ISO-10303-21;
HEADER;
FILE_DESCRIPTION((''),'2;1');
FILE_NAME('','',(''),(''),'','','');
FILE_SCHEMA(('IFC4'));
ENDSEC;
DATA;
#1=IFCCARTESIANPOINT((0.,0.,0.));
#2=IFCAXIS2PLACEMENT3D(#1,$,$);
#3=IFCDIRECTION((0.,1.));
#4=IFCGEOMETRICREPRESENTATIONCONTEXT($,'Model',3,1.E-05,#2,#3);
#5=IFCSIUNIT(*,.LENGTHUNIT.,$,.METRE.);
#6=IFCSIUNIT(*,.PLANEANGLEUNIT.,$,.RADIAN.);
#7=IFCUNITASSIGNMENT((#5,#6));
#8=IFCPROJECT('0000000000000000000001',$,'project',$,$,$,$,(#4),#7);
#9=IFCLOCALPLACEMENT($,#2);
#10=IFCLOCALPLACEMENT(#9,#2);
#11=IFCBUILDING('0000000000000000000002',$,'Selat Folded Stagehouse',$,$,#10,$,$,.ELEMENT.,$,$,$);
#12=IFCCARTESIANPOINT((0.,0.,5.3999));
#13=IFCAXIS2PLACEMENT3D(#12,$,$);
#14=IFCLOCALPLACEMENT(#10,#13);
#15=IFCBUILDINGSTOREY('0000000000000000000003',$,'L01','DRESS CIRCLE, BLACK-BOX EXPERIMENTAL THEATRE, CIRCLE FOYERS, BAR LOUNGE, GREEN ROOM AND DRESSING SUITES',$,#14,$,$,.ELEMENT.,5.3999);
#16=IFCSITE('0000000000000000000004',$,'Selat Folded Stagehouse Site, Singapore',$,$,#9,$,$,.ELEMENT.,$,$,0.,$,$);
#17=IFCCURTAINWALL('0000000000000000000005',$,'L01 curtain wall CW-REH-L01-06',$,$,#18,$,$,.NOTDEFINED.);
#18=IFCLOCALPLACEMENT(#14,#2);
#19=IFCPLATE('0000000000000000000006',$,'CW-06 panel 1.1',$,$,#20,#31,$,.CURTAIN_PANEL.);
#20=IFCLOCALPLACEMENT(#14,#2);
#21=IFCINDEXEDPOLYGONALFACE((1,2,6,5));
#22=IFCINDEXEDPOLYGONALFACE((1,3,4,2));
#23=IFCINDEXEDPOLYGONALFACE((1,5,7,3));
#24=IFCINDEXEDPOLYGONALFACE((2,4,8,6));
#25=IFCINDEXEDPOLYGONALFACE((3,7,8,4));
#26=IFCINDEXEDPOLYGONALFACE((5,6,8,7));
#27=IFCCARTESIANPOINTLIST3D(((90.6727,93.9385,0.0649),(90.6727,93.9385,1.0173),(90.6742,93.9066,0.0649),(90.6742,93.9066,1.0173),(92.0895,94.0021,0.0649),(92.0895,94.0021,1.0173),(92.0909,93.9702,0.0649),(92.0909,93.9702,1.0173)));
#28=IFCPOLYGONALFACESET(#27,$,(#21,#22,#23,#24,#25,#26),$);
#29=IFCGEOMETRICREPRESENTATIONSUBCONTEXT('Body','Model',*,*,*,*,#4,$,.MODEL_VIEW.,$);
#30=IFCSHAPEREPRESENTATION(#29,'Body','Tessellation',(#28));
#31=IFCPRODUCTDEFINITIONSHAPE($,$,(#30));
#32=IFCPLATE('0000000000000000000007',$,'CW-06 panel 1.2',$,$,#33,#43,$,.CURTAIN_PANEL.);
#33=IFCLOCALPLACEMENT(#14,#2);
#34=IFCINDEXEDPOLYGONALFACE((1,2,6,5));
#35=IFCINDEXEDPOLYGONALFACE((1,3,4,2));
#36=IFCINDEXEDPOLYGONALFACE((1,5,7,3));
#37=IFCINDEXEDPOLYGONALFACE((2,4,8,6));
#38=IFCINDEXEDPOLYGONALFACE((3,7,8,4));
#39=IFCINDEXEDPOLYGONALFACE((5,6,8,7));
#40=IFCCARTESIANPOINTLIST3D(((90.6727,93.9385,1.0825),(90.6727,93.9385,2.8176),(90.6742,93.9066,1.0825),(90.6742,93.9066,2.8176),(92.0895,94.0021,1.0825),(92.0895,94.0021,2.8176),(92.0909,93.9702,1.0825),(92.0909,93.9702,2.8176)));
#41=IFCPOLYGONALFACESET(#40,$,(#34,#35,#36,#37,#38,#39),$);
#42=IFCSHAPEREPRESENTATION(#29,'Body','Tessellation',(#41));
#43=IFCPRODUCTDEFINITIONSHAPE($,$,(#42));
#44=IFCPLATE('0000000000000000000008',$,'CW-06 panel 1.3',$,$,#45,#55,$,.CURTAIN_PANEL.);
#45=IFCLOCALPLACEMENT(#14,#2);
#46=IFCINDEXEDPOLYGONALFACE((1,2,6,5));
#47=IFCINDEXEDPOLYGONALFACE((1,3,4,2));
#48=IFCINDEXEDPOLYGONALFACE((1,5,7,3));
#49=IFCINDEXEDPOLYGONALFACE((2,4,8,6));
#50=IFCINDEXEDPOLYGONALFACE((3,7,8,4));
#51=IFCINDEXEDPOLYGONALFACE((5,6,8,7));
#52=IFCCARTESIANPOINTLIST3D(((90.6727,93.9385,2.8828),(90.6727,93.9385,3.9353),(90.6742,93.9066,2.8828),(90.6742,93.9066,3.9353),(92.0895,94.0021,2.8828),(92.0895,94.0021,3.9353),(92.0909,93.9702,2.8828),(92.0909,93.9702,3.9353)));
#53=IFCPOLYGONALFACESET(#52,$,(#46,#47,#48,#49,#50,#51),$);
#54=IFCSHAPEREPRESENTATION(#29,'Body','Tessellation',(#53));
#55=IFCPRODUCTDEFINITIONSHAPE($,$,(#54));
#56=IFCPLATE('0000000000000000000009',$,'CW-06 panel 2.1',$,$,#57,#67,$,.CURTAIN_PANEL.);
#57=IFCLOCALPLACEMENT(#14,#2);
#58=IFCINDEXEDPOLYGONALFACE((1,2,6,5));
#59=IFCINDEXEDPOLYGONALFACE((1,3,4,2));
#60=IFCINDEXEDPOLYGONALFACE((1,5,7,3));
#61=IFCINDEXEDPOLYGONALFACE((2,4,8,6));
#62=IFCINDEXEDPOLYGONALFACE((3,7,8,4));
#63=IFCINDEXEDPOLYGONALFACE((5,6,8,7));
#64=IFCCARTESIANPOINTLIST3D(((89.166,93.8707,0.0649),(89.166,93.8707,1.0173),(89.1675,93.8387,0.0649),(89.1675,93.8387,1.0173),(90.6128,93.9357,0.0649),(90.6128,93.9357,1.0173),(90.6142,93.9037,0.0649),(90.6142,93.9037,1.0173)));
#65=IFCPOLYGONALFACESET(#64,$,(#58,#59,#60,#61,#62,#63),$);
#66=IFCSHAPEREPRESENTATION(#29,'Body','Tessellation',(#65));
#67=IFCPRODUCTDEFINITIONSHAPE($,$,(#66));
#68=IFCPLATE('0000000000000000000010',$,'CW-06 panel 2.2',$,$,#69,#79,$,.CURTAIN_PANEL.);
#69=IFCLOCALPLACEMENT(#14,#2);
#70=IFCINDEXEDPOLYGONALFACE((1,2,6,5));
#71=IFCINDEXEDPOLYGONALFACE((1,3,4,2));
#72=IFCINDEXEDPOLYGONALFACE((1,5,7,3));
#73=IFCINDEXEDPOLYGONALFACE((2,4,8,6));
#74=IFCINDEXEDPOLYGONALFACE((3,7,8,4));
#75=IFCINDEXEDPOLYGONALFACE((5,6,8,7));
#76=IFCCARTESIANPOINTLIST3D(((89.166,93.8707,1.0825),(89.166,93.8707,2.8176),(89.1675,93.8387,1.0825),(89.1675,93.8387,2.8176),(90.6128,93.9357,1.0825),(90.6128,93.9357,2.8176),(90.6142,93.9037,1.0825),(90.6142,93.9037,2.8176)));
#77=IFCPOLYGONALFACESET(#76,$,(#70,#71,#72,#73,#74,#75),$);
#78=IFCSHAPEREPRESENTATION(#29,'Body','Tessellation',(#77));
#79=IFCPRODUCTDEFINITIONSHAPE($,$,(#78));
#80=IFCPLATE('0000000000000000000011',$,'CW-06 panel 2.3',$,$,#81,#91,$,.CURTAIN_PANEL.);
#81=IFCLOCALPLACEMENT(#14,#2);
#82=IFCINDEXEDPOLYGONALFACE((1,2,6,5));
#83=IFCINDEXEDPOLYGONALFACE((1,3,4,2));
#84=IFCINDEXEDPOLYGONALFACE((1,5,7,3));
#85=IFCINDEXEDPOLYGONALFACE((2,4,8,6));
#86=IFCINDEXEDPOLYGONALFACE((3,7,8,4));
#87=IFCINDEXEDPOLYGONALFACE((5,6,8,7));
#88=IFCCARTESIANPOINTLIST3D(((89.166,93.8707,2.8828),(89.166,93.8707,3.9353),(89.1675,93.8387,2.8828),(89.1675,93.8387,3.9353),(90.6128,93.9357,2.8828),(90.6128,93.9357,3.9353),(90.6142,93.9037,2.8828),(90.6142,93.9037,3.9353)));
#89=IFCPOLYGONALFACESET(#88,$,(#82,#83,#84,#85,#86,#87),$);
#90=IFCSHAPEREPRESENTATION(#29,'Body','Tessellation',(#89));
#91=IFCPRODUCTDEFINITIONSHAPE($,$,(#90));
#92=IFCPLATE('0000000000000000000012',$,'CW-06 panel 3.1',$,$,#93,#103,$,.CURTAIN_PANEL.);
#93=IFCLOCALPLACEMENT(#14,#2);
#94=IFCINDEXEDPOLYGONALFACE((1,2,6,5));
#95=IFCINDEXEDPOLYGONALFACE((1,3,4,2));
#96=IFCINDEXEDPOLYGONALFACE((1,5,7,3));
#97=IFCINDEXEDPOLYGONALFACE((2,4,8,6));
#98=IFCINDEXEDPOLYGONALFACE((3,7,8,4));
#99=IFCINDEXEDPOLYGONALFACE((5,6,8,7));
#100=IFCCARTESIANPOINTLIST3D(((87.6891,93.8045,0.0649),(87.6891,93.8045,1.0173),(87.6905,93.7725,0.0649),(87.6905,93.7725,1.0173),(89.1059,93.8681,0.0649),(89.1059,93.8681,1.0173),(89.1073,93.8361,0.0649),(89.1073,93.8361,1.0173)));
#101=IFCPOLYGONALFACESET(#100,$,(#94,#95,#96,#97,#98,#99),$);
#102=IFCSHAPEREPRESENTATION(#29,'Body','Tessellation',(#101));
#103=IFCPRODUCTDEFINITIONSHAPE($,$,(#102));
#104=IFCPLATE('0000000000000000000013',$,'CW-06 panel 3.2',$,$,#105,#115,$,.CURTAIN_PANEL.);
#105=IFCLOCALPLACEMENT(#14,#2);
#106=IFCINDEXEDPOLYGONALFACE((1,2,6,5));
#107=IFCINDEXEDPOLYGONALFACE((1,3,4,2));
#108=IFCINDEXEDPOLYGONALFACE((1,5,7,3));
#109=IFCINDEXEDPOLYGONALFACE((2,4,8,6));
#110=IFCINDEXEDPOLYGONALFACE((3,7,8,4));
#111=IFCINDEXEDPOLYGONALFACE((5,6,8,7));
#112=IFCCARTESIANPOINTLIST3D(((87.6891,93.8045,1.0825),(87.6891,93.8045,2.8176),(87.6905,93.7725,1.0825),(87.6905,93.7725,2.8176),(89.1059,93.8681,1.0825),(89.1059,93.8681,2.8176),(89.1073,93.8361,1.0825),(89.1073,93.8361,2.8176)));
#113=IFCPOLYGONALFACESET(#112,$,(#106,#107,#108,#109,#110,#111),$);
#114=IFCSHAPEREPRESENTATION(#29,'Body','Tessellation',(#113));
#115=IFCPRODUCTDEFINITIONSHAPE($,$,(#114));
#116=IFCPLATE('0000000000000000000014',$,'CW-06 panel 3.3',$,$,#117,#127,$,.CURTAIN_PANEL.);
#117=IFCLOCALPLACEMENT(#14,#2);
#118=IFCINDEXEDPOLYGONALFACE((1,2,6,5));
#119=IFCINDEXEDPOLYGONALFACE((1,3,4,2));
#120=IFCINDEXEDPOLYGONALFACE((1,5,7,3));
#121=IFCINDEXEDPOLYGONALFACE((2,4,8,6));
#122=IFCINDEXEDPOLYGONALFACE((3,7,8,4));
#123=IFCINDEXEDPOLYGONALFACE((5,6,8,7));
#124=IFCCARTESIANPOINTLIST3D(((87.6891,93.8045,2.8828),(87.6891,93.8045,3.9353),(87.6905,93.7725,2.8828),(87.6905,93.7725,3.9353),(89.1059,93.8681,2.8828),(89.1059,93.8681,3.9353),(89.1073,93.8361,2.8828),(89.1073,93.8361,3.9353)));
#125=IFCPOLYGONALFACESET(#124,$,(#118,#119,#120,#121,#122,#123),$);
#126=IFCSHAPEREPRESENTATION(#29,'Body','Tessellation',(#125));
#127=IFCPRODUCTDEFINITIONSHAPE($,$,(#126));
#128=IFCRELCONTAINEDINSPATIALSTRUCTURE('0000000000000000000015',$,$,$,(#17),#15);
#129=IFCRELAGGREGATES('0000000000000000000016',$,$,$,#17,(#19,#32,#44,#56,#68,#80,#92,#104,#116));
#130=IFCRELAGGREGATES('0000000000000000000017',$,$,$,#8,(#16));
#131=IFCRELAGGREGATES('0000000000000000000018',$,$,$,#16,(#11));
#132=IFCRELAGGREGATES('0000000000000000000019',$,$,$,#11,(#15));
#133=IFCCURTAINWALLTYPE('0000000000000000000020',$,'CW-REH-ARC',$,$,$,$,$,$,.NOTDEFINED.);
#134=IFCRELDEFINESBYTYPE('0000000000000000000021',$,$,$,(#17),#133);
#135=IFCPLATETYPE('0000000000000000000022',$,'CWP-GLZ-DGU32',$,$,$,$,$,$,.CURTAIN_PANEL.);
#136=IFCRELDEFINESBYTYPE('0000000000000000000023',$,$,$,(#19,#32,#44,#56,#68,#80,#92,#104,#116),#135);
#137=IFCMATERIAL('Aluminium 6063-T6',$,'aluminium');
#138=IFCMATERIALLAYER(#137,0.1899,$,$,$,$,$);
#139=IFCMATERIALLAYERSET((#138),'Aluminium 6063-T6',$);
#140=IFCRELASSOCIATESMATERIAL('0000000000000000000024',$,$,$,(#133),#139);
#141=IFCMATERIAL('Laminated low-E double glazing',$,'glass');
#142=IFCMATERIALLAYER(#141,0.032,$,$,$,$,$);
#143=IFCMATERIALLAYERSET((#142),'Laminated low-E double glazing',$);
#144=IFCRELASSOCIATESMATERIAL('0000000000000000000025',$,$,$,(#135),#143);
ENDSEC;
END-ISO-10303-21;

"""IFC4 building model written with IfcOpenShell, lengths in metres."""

from ifc_helpers import new_model, si_unit, direction, frame, origin, origin_2d, place, context, subcontext, project, spatial, rectangle, extrude, material, layer, layer_set, type_object, element, aggregate, save


model = new_model("IFC4")

# Units and contexts
model_context = context("Model", 3, precision=1e-05, world=origin(), true_north=direction((0.0, 1.0)))
body_context = subcontext(model_context, "Body", "Model", "MODEL_VIEW")
ifc_project = project(units=[si_unit("LENGTHUNIT", "METRE"), si_unit("PLANEANGLEUNIT", "RADIAN")], contexts=[model_context])

# Site, building, storey
site_placement = place(None, origin())
site = spatial("IfcSite", under=ifc_project, at=site_placement, Name="Selat Folded Stagehouse Site, Singapore", CompositionType="ELEMENT", RefElevation=0.0)
building_placement = place(site_placement, origin())
building = spatial("IfcBuilding", under=site, at=building_placement, Name="Selat Folded Stagehouse", CompositionType="ELEMENT")
storey_placement = place(building_placement, frame((0.0, 0.0, 5.3999)))
storey = spatial("IfcBuildingStorey", under=building, at=storey_placement, Name="L01", Description="DRESS CIRCLE, BLACK-BOX EXPERIMENTAL THEATRE, CIRCLE FOYERS, BAR LOUNGE, GREEN ROOM AND DRESSING SUITES", CompositionType="ELEMENT", Elevation=5.3999)

# Curtain wall, plates
ifc_material_1 = material(Name="Aluminium 6063-T6", Category="aluminium")
ifc_layer_1 = layer(ifc_material_1, 0.1899)
ifc_layer_set_1 = layer_set([ifc_layer_1], Name="Aluminium 6063-T6")
curtain_wall_type = type_object("IfcCurtainWallType", Name="CW-REH-ARC", PredefinedType="NOTDEFINED", material=ifc_layer_set_1)
curtain_wall_placement = place(storey_placement, origin())
curtain_wall = element("IfcCurtainWall", 1, at=curtain_wall_placement, inside=storey, type_object=curtain_wall_type, Name="L01 curtain wall CW-REH-L01-06", PredefinedType="NOTDEFINED")
ifc_material_2 = material(Name="Laminated low-E double glazing", Category="glass")
ifc_layer_2 = layer(ifc_material_2, 0.032)
ifc_layer_set_2 = layer_set([ifc_layer_2], Name="Laminated low-E double glazing")
plate_type = type_object("IfcPlateType", Name="CWP-GLZ-DGU32", PredefinedType="CURTAIN_PANEL", material=ifc_layer_set_2)
plate_1_placement = place(storey_placement, frame((91.3818, 93.9543, 0.0649), z_axis=(0.0, 0.0, 1.0), x_axis=(-0.998993, -0.044862, 0.0)))
plate_1 = element("IfcPlate", 2, at=plate_1_placement, type_object=plate_type, Name="CW-06 panel 1.1", PredefinedType="CURTAIN_PANEL", context=body_context, shape_type="SweptSolid", body=[
    extrude(rectangle(XDim=1.4182, YDim=0.032, at=origin_2d()), origin(), (0.0, 0.0, 1.0), 0.9524),
])
plate_2_placement = place(storey_placement, frame((91.3818, 93.9543, 1.0825), z_axis=(0.0, 0.0, 1.0), x_axis=(-0.998993, -0.044862, 0.0)))
plate_2 = element("IfcPlate", 3, at=plate_2_placement, type_object=plate_type, Name="CW-06 panel 1.2", PredefinedType="CURTAIN_PANEL", context=body_context, shape_type="SweptSolid", body=[
    extrude(rectangle(XDim=1.4182, YDim=0.032, at=origin_2d()), origin(), (0.0, 0.0, 1.0), 1.7351),
])
plate_3_placement = place(storey_placement, frame((91.3818, 93.9543, 2.8828), z_axis=(0.0, 0.0, 1.0), x_axis=(-0.998993, -0.044862, 0.0)))
plate_3 = element("IfcPlate", 4, at=plate_3_placement, type_object=plate_type, Name="CW-06 panel 1.3", PredefinedType="CURTAIN_PANEL", context=body_context, shape_type="SweptSolid", body=[
    extrude(rectangle(XDim=1.4182, YDim=0.032, at=origin_2d()), origin(), (0.0, 0.0, 1.0), 1.0525),
])
plate_4_placement = place(storey_placement, frame((89.8901, 93.8872, 0.0649), z_axis=(0.0, 0.0, 1.0), x_axis=(-0.998993, -0.044862, 0.0)))
plate_4 = element("IfcPlate", 5, at=plate_4_placement, type_object=plate_type, Name="CW-06 panel 2.1", PredefinedType="CURTAIN_PANEL", context=body_context, shape_type="SweptSolid", body=[
    extrude(rectangle(XDim=1.4482, YDim=0.032, at=origin_2d()), origin(), (0.0, 0.0, 1.0), 0.9524),
])
plate_5_placement = place(storey_placement, frame((89.8901, 93.8872, 1.0825), z_axis=(0.0, 0.0, 1.0), x_axis=(-0.998993, -0.044862, 0.0)))
plate_5 = element("IfcPlate", 6, at=plate_5_placement, type_object=plate_type, Name="CW-06 panel 2.2", PredefinedType="CURTAIN_PANEL", context=body_context, shape_type="SweptSolid", body=[
    extrude(rectangle(XDim=1.4482, YDim=0.032, at=origin_2d()), origin(), (0.0, 0.0, 1.0), 1.7351),
])
plate_6_placement = place(storey_placement, frame((89.8901, 93.8872, 2.8828), z_axis=(0.0, 0.0, 1.0), x_axis=(-0.998993, -0.044862, 0.0)))
plate_6 = element("IfcPlate", 7, at=plate_6_placement, type_object=plate_type, Name="CW-06 panel 2.3", PredefinedType="CURTAIN_PANEL", context=body_context, shape_type="SweptSolid", body=[
    extrude(rectangle(XDim=1.4482, YDim=0.032, at=origin_2d()), origin(), (0.0, 0.0, 1.0), 1.0525),
])
plate_7_placement = place(storey_placement, frame((88.3982, 93.8203, 0.0649), z_axis=(0.0, 0.0, 1.0), x_axis=(-0.998993, -0.044862, 0.0)))
plate_7 = element("IfcPlate", 8, at=plate_7_placement, type_object=plate_type, Name="CW-06 panel 3.1", PredefinedType="CURTAIN_PANEL", context=body_context, shape_type="SweptSolid", body=[
    extrude(rectangle(XDim=1.4182, YDim=0.032, at=origin_2d()), origin(), (0.0, 0.0, 1.0), 0.9524),
])
plate_8_placement = place(storey_placement, frame((88.3982, 93.8203, 1.0825), z_axis=(0.0, 0.0, 1.0), x_axis=(-0.998993, -0.044862, 0.0)))
plate_8 = element("IfcPlate", 9, at=plate_8_placement, type_object=plate_type, Name="CW-06 panel 3.2", PredefinedType="CURTAIN_PANEL", context=body_context, shape_type="SweptSolid", body=[
    extrude(rectangle(XDim=1.4182, YDim=0.032, at=origin_2d()), origin(), (0.0, 0.0, 1.0), 1.7351),
])
plate_9_placement = place(storey_placement, frame((88.3982, 93.8203, 2.8828), z_axis=(0.0, 0.0, 1.0), x_axis=(-0.998993, -0.044862, 0.0)))
plate_9 = element("IfcPlate", 10, at=plate_9_placement, type_object=plate_type, Name="CW-06 panel 3.3", PredefinedType="CURTAIN_PANEL", context=body_context, shape_type="SweptSolid", body=[
    extrude(rectangle(XDim=1.4182, YDim=0.032, at=origin_2d()), origin(), (0.0, 0.0, 1.0), 1.0525),
])
aggregate(curtain_wall, [plate_1, plate_2, plate_3, plate_4, plate_5, plate_6, plate_7, plate_8, plate_9])

save(model, "model.ifc")
